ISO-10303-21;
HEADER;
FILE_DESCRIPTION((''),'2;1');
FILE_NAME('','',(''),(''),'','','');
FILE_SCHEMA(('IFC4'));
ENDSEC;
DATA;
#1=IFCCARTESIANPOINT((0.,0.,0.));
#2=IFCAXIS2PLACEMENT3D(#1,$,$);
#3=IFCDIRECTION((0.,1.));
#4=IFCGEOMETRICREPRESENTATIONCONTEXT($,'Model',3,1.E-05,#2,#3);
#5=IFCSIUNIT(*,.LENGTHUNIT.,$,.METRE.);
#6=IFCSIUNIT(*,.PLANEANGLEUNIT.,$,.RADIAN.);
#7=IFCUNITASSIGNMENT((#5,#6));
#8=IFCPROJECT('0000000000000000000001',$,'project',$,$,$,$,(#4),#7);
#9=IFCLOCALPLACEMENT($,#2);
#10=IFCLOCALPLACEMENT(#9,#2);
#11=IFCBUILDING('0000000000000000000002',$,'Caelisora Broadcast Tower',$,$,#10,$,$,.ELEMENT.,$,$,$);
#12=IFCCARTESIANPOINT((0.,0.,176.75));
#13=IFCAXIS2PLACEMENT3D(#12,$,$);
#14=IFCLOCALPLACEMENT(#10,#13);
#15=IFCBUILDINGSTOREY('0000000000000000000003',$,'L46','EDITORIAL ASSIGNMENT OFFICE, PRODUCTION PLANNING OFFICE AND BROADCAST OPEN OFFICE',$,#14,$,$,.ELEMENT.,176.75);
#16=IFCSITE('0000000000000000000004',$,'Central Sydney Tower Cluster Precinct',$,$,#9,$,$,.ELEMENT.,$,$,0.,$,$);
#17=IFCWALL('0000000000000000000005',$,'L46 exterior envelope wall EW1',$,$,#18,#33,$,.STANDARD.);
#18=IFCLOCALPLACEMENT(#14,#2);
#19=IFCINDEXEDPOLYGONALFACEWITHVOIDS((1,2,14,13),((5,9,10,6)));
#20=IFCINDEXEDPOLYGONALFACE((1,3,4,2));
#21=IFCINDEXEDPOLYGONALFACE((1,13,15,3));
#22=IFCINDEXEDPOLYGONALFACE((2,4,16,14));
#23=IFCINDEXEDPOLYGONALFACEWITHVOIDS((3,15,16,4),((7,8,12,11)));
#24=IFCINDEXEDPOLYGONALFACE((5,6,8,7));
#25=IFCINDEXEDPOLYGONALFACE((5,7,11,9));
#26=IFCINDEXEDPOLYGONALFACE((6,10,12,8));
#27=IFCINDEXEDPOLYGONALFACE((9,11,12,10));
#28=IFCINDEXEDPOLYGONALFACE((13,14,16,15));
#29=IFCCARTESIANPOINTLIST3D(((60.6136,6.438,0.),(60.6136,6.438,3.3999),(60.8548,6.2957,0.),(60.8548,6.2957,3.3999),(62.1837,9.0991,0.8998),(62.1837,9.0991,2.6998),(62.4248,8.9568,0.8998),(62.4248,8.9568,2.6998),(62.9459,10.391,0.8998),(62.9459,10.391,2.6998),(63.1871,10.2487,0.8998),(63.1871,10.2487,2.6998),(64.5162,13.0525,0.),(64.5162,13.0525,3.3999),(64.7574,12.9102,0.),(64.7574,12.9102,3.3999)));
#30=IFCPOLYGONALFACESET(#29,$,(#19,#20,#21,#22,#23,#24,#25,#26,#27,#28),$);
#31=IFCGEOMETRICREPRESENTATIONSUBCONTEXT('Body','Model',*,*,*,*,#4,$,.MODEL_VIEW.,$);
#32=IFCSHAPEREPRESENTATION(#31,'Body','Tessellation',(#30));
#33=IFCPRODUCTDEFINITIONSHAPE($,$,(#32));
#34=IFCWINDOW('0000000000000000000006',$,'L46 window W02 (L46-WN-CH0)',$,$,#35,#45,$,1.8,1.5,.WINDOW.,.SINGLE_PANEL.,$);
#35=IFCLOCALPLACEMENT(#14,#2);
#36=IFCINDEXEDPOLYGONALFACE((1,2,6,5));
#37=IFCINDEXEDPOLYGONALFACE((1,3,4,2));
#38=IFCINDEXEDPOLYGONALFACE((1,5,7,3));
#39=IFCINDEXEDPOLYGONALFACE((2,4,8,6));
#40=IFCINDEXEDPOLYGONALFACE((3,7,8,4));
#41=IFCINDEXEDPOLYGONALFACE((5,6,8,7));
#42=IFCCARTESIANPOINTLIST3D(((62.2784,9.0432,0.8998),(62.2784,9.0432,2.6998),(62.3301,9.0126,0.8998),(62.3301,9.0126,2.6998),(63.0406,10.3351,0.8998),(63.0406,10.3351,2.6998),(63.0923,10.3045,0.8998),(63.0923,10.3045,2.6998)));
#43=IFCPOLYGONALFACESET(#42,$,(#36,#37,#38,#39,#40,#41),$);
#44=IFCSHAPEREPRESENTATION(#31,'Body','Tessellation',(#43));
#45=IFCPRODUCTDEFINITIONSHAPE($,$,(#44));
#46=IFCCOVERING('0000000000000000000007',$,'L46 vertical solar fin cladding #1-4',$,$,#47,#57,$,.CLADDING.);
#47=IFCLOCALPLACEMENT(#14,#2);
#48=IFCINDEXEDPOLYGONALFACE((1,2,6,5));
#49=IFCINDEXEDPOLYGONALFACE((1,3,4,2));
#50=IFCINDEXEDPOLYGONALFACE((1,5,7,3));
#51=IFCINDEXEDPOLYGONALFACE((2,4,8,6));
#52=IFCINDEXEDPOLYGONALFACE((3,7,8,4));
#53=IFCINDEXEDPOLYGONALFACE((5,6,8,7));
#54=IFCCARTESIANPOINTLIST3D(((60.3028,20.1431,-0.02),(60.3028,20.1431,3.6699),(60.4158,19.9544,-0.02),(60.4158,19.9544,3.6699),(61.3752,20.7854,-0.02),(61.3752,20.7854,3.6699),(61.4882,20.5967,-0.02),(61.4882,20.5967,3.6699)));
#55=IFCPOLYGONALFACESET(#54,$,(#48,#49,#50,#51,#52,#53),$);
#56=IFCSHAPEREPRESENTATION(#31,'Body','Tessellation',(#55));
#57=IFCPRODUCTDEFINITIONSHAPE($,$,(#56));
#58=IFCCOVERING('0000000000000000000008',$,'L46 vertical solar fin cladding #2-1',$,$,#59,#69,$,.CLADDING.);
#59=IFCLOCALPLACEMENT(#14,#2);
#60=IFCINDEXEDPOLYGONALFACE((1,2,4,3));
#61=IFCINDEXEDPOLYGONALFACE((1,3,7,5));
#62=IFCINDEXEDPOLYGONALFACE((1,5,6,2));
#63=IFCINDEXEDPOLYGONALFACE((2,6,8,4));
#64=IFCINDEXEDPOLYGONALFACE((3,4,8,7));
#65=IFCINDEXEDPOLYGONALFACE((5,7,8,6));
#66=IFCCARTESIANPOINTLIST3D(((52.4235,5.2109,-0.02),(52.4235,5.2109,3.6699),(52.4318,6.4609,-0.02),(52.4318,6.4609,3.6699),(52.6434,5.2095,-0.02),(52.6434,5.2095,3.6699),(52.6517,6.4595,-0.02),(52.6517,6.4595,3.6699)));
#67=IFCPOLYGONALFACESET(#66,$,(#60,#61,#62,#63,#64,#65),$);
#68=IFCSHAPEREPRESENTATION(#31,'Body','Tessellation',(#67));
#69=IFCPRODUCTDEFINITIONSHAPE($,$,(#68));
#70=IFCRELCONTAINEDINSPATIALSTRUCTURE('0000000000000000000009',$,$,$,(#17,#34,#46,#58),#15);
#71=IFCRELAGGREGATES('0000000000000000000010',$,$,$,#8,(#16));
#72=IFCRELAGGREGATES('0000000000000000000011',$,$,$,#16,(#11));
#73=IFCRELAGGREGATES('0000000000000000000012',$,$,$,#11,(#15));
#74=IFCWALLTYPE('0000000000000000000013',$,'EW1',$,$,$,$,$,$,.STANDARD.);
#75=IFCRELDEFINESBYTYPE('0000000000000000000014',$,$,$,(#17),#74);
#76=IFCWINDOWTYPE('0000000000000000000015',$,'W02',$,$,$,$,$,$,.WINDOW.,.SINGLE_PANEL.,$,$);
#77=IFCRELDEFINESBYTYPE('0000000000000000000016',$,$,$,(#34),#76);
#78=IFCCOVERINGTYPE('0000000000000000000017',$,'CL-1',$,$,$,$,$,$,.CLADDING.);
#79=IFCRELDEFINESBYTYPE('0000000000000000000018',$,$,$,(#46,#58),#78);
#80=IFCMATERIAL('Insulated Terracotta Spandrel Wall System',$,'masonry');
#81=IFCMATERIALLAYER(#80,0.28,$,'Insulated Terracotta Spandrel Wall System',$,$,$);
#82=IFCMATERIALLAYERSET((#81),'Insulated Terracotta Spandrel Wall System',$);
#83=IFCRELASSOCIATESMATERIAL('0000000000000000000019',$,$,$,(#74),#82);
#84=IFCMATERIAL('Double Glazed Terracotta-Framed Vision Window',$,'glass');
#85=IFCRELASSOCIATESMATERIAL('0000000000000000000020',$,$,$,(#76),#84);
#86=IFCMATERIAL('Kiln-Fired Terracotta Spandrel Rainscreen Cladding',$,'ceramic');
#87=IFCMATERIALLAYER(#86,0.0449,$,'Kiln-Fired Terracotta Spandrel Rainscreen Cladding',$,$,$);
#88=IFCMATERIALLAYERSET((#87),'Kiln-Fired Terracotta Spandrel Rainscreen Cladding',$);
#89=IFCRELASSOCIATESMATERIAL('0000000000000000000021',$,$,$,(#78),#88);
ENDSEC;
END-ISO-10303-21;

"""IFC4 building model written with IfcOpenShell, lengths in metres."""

from ifc_helpers import new_model, si_unit, direction, frame, frame_2d, origin, origin_2d, place, context, subcontext, project, spatial, rectangle, extrude, source, transform, mapped, material, layer, layer_set, type_object, type_shapes, element, fill, save


model = new_model("IFC4")

# Units and contexts
model_context = context("Model", 3, precision=1e-05, world=origin(), true_north=direction((0.0, 1.0)))
body_context = subcontext(model_context, "Body", "Model", "MODEL_VIEW")
ifc_project = project(units=[si_unit("LENGTHUNIT", "METRE"), si_unit("PLANEANGLEUNIT", "RADIAN")], contexts=[model_context])

# Site, building, storey
site_placement = place(None, origin())
site = spatial("IfcSite", under=ifc_project, at=site_placement, Name="Central Sydney Tower Cluster Precinct", CompositionType="ELEMENT", RefElevation=0.0)
building_placement = place(site_placement, origin())
building = spatial("IfcBuilding", under=site, at=building_placement, Name="Caelisora Broadcast Tower", CompositionType="ELEMENT")
storey_placement = place(building_placement, frame((0.0, 0.0, 176.75)))
storey = spatial("IfcBuildingStorey", under=building, at=storey_placement, Name="L46", Description="EDITORIAL ASSIGNMENT OFFICE, PRODUCTION PLANNING OFFICE AND BROADCAST OPEN OFFICE", CompositionType="ELEMENT", Elevation=176.75)

# Wall, opening, window
ifc_material_1 = material(Name="Insulated Terracotta Spandrel Wall System", Category="masonry")
ifc_layer_1 = layer(ifc_material_1, 0.28, Name="Insulated Terracotta Spandrel Wall System")
ifc_layer_set_1 = layer_set([ifc_layer_1], Name="Insulated Terracotta Spandrel Wall System")
wall_type = type_object("IfcWallType", Name="EW1", PredefinedType="STANDARD", material=ifc_layer_set_1)
wall_placement = place(storey_placement, frame((64.6367, 12.9812, 0.0), z_axis=(0.0, 0.0, 1.0), x_axis=(-0.508152, -0.861267, 0.0)))
wall = element("IfcWall", 1, at=wall_placement, inside=storey, type_object=wall_type, Name="L46 exterior envelope wall EW1", PredefinedType="STANDARD", context=body_context, shape_type="SweptSolid", body=[
    extrude(rectangle(XDim=7.6799, YDim=0.28, at=frame_2d((3.8398, 0.0))), origin(), (0.0, 0.0, 1.0), 3.3999),
])
opening_placement = place(wall_placement, frame((3.0901, 0.0, 0.8999)))
opening = element("IfcOpeningElement", 2, at=opening_placement, cuts=wall, PredefinedType="OPENING", context=body_context, shape_type="SweptSolid", body=[
    extrude(rectangle(XDim=1.5, YDim=1.8, at=frame_2d((0.75, 0.8999))), frame((0.0, 0.1521, 0.0), z_axis=(0.0, -1.0, 0.0), x_axis=(1.0, 0.0, 0.0)), (0.0, 0.0, 1.0), 0.304),
])
ifc_material_2 = material(Name="Double Glazed Terracotta-Framed Vision Window", Category="glass")
window_type = type_object("IfcWindowType", Name="W02", PartitioningType="SINGLE_PANEL", PredefinedType="WINDOW", material=ifc_material_2)
window_placement = place(opening_placement, origin())
window = element("IfcWindow", 3, at=window_placement, inside=storey, type_object=window_type, Name="L46 window W02 (L46-WN-CH0)", OverallHeight=1.8, OverallWidth=1.5, PartitioningType="SINGLE_PANEL", PredefinedType="WINDOW", context=body_context, shape_type="SweptSolid", body=[
    extrude(rectangle(XDim=1.5, YDim=1.8, at=frame_2d((0.75, 0.8999))), frame((0.0, 0.03, 0.0), z_axis=(0.0, -1.0, 0.0), x_axis=(1.0, 0.0, 0.0)), (0.0, 0.0, 1.0), 0.0601),
])
fill(opening, window)

# Coverings
ifc_material_3 = material(Name="Kiln-Fired Terracotta Spandrel Rainscreen Cladding", Category="ceramic")
ifc_layer_2 = layer(ifc_material_3, 0.0449, Name="Kiln-Fired Terracotta Spandrel Rainscreen Cladding")
ifc_layer_set_2 = layer_set([ifc_layer_2], Name="Kiln-Fired Terracotta Spandrel Rainscreen Cladding")
covering_type = type_object("IfcCoveringType", Name="CL-1", PredefinedType="CLADDING", material=ifc_layer_set_2)
shared_shape_1 = source(origin(), body_context, "Body", "SweptSolid", [
    extrude(rectangle(XDim=0.22, YDim=1.25, at=origin_2d()), origin(), (0.0, 0.0, 1.0), 3.6899),
])
type_shapes(covering_type, [shared_shape_1])
for number, where, z_axis, x_axis, name in (
    (4, (60.8955, 20.3699, -0.02), (0.0, 0.0, 1.0), (0.513841, -0.857886, 0.0), "L46 vertical solar fin cladding #1-4"),
    (5, (52.5376, 5.8352, -0.02), (0.0, 0.0, 1.0), (-0.999978, 0.006632, 0.0), "L46 vertical solar fin cladding #2-1"),
):
    element("IfcCovering", number, at=place(storey_placement, frame(where, z_axis=z_axis, x_axis=x_axis)), inside=storey, type_object=covering_type, Name=name, PredefinedType="CLADDING", context=body_context, shape_type="MappedRepresentation", body=[
        mapped(shared_shape_1, transform((0.0, 0.0, 0.0), scale=1.0)),
    ])

save(model, "model.ifc")
